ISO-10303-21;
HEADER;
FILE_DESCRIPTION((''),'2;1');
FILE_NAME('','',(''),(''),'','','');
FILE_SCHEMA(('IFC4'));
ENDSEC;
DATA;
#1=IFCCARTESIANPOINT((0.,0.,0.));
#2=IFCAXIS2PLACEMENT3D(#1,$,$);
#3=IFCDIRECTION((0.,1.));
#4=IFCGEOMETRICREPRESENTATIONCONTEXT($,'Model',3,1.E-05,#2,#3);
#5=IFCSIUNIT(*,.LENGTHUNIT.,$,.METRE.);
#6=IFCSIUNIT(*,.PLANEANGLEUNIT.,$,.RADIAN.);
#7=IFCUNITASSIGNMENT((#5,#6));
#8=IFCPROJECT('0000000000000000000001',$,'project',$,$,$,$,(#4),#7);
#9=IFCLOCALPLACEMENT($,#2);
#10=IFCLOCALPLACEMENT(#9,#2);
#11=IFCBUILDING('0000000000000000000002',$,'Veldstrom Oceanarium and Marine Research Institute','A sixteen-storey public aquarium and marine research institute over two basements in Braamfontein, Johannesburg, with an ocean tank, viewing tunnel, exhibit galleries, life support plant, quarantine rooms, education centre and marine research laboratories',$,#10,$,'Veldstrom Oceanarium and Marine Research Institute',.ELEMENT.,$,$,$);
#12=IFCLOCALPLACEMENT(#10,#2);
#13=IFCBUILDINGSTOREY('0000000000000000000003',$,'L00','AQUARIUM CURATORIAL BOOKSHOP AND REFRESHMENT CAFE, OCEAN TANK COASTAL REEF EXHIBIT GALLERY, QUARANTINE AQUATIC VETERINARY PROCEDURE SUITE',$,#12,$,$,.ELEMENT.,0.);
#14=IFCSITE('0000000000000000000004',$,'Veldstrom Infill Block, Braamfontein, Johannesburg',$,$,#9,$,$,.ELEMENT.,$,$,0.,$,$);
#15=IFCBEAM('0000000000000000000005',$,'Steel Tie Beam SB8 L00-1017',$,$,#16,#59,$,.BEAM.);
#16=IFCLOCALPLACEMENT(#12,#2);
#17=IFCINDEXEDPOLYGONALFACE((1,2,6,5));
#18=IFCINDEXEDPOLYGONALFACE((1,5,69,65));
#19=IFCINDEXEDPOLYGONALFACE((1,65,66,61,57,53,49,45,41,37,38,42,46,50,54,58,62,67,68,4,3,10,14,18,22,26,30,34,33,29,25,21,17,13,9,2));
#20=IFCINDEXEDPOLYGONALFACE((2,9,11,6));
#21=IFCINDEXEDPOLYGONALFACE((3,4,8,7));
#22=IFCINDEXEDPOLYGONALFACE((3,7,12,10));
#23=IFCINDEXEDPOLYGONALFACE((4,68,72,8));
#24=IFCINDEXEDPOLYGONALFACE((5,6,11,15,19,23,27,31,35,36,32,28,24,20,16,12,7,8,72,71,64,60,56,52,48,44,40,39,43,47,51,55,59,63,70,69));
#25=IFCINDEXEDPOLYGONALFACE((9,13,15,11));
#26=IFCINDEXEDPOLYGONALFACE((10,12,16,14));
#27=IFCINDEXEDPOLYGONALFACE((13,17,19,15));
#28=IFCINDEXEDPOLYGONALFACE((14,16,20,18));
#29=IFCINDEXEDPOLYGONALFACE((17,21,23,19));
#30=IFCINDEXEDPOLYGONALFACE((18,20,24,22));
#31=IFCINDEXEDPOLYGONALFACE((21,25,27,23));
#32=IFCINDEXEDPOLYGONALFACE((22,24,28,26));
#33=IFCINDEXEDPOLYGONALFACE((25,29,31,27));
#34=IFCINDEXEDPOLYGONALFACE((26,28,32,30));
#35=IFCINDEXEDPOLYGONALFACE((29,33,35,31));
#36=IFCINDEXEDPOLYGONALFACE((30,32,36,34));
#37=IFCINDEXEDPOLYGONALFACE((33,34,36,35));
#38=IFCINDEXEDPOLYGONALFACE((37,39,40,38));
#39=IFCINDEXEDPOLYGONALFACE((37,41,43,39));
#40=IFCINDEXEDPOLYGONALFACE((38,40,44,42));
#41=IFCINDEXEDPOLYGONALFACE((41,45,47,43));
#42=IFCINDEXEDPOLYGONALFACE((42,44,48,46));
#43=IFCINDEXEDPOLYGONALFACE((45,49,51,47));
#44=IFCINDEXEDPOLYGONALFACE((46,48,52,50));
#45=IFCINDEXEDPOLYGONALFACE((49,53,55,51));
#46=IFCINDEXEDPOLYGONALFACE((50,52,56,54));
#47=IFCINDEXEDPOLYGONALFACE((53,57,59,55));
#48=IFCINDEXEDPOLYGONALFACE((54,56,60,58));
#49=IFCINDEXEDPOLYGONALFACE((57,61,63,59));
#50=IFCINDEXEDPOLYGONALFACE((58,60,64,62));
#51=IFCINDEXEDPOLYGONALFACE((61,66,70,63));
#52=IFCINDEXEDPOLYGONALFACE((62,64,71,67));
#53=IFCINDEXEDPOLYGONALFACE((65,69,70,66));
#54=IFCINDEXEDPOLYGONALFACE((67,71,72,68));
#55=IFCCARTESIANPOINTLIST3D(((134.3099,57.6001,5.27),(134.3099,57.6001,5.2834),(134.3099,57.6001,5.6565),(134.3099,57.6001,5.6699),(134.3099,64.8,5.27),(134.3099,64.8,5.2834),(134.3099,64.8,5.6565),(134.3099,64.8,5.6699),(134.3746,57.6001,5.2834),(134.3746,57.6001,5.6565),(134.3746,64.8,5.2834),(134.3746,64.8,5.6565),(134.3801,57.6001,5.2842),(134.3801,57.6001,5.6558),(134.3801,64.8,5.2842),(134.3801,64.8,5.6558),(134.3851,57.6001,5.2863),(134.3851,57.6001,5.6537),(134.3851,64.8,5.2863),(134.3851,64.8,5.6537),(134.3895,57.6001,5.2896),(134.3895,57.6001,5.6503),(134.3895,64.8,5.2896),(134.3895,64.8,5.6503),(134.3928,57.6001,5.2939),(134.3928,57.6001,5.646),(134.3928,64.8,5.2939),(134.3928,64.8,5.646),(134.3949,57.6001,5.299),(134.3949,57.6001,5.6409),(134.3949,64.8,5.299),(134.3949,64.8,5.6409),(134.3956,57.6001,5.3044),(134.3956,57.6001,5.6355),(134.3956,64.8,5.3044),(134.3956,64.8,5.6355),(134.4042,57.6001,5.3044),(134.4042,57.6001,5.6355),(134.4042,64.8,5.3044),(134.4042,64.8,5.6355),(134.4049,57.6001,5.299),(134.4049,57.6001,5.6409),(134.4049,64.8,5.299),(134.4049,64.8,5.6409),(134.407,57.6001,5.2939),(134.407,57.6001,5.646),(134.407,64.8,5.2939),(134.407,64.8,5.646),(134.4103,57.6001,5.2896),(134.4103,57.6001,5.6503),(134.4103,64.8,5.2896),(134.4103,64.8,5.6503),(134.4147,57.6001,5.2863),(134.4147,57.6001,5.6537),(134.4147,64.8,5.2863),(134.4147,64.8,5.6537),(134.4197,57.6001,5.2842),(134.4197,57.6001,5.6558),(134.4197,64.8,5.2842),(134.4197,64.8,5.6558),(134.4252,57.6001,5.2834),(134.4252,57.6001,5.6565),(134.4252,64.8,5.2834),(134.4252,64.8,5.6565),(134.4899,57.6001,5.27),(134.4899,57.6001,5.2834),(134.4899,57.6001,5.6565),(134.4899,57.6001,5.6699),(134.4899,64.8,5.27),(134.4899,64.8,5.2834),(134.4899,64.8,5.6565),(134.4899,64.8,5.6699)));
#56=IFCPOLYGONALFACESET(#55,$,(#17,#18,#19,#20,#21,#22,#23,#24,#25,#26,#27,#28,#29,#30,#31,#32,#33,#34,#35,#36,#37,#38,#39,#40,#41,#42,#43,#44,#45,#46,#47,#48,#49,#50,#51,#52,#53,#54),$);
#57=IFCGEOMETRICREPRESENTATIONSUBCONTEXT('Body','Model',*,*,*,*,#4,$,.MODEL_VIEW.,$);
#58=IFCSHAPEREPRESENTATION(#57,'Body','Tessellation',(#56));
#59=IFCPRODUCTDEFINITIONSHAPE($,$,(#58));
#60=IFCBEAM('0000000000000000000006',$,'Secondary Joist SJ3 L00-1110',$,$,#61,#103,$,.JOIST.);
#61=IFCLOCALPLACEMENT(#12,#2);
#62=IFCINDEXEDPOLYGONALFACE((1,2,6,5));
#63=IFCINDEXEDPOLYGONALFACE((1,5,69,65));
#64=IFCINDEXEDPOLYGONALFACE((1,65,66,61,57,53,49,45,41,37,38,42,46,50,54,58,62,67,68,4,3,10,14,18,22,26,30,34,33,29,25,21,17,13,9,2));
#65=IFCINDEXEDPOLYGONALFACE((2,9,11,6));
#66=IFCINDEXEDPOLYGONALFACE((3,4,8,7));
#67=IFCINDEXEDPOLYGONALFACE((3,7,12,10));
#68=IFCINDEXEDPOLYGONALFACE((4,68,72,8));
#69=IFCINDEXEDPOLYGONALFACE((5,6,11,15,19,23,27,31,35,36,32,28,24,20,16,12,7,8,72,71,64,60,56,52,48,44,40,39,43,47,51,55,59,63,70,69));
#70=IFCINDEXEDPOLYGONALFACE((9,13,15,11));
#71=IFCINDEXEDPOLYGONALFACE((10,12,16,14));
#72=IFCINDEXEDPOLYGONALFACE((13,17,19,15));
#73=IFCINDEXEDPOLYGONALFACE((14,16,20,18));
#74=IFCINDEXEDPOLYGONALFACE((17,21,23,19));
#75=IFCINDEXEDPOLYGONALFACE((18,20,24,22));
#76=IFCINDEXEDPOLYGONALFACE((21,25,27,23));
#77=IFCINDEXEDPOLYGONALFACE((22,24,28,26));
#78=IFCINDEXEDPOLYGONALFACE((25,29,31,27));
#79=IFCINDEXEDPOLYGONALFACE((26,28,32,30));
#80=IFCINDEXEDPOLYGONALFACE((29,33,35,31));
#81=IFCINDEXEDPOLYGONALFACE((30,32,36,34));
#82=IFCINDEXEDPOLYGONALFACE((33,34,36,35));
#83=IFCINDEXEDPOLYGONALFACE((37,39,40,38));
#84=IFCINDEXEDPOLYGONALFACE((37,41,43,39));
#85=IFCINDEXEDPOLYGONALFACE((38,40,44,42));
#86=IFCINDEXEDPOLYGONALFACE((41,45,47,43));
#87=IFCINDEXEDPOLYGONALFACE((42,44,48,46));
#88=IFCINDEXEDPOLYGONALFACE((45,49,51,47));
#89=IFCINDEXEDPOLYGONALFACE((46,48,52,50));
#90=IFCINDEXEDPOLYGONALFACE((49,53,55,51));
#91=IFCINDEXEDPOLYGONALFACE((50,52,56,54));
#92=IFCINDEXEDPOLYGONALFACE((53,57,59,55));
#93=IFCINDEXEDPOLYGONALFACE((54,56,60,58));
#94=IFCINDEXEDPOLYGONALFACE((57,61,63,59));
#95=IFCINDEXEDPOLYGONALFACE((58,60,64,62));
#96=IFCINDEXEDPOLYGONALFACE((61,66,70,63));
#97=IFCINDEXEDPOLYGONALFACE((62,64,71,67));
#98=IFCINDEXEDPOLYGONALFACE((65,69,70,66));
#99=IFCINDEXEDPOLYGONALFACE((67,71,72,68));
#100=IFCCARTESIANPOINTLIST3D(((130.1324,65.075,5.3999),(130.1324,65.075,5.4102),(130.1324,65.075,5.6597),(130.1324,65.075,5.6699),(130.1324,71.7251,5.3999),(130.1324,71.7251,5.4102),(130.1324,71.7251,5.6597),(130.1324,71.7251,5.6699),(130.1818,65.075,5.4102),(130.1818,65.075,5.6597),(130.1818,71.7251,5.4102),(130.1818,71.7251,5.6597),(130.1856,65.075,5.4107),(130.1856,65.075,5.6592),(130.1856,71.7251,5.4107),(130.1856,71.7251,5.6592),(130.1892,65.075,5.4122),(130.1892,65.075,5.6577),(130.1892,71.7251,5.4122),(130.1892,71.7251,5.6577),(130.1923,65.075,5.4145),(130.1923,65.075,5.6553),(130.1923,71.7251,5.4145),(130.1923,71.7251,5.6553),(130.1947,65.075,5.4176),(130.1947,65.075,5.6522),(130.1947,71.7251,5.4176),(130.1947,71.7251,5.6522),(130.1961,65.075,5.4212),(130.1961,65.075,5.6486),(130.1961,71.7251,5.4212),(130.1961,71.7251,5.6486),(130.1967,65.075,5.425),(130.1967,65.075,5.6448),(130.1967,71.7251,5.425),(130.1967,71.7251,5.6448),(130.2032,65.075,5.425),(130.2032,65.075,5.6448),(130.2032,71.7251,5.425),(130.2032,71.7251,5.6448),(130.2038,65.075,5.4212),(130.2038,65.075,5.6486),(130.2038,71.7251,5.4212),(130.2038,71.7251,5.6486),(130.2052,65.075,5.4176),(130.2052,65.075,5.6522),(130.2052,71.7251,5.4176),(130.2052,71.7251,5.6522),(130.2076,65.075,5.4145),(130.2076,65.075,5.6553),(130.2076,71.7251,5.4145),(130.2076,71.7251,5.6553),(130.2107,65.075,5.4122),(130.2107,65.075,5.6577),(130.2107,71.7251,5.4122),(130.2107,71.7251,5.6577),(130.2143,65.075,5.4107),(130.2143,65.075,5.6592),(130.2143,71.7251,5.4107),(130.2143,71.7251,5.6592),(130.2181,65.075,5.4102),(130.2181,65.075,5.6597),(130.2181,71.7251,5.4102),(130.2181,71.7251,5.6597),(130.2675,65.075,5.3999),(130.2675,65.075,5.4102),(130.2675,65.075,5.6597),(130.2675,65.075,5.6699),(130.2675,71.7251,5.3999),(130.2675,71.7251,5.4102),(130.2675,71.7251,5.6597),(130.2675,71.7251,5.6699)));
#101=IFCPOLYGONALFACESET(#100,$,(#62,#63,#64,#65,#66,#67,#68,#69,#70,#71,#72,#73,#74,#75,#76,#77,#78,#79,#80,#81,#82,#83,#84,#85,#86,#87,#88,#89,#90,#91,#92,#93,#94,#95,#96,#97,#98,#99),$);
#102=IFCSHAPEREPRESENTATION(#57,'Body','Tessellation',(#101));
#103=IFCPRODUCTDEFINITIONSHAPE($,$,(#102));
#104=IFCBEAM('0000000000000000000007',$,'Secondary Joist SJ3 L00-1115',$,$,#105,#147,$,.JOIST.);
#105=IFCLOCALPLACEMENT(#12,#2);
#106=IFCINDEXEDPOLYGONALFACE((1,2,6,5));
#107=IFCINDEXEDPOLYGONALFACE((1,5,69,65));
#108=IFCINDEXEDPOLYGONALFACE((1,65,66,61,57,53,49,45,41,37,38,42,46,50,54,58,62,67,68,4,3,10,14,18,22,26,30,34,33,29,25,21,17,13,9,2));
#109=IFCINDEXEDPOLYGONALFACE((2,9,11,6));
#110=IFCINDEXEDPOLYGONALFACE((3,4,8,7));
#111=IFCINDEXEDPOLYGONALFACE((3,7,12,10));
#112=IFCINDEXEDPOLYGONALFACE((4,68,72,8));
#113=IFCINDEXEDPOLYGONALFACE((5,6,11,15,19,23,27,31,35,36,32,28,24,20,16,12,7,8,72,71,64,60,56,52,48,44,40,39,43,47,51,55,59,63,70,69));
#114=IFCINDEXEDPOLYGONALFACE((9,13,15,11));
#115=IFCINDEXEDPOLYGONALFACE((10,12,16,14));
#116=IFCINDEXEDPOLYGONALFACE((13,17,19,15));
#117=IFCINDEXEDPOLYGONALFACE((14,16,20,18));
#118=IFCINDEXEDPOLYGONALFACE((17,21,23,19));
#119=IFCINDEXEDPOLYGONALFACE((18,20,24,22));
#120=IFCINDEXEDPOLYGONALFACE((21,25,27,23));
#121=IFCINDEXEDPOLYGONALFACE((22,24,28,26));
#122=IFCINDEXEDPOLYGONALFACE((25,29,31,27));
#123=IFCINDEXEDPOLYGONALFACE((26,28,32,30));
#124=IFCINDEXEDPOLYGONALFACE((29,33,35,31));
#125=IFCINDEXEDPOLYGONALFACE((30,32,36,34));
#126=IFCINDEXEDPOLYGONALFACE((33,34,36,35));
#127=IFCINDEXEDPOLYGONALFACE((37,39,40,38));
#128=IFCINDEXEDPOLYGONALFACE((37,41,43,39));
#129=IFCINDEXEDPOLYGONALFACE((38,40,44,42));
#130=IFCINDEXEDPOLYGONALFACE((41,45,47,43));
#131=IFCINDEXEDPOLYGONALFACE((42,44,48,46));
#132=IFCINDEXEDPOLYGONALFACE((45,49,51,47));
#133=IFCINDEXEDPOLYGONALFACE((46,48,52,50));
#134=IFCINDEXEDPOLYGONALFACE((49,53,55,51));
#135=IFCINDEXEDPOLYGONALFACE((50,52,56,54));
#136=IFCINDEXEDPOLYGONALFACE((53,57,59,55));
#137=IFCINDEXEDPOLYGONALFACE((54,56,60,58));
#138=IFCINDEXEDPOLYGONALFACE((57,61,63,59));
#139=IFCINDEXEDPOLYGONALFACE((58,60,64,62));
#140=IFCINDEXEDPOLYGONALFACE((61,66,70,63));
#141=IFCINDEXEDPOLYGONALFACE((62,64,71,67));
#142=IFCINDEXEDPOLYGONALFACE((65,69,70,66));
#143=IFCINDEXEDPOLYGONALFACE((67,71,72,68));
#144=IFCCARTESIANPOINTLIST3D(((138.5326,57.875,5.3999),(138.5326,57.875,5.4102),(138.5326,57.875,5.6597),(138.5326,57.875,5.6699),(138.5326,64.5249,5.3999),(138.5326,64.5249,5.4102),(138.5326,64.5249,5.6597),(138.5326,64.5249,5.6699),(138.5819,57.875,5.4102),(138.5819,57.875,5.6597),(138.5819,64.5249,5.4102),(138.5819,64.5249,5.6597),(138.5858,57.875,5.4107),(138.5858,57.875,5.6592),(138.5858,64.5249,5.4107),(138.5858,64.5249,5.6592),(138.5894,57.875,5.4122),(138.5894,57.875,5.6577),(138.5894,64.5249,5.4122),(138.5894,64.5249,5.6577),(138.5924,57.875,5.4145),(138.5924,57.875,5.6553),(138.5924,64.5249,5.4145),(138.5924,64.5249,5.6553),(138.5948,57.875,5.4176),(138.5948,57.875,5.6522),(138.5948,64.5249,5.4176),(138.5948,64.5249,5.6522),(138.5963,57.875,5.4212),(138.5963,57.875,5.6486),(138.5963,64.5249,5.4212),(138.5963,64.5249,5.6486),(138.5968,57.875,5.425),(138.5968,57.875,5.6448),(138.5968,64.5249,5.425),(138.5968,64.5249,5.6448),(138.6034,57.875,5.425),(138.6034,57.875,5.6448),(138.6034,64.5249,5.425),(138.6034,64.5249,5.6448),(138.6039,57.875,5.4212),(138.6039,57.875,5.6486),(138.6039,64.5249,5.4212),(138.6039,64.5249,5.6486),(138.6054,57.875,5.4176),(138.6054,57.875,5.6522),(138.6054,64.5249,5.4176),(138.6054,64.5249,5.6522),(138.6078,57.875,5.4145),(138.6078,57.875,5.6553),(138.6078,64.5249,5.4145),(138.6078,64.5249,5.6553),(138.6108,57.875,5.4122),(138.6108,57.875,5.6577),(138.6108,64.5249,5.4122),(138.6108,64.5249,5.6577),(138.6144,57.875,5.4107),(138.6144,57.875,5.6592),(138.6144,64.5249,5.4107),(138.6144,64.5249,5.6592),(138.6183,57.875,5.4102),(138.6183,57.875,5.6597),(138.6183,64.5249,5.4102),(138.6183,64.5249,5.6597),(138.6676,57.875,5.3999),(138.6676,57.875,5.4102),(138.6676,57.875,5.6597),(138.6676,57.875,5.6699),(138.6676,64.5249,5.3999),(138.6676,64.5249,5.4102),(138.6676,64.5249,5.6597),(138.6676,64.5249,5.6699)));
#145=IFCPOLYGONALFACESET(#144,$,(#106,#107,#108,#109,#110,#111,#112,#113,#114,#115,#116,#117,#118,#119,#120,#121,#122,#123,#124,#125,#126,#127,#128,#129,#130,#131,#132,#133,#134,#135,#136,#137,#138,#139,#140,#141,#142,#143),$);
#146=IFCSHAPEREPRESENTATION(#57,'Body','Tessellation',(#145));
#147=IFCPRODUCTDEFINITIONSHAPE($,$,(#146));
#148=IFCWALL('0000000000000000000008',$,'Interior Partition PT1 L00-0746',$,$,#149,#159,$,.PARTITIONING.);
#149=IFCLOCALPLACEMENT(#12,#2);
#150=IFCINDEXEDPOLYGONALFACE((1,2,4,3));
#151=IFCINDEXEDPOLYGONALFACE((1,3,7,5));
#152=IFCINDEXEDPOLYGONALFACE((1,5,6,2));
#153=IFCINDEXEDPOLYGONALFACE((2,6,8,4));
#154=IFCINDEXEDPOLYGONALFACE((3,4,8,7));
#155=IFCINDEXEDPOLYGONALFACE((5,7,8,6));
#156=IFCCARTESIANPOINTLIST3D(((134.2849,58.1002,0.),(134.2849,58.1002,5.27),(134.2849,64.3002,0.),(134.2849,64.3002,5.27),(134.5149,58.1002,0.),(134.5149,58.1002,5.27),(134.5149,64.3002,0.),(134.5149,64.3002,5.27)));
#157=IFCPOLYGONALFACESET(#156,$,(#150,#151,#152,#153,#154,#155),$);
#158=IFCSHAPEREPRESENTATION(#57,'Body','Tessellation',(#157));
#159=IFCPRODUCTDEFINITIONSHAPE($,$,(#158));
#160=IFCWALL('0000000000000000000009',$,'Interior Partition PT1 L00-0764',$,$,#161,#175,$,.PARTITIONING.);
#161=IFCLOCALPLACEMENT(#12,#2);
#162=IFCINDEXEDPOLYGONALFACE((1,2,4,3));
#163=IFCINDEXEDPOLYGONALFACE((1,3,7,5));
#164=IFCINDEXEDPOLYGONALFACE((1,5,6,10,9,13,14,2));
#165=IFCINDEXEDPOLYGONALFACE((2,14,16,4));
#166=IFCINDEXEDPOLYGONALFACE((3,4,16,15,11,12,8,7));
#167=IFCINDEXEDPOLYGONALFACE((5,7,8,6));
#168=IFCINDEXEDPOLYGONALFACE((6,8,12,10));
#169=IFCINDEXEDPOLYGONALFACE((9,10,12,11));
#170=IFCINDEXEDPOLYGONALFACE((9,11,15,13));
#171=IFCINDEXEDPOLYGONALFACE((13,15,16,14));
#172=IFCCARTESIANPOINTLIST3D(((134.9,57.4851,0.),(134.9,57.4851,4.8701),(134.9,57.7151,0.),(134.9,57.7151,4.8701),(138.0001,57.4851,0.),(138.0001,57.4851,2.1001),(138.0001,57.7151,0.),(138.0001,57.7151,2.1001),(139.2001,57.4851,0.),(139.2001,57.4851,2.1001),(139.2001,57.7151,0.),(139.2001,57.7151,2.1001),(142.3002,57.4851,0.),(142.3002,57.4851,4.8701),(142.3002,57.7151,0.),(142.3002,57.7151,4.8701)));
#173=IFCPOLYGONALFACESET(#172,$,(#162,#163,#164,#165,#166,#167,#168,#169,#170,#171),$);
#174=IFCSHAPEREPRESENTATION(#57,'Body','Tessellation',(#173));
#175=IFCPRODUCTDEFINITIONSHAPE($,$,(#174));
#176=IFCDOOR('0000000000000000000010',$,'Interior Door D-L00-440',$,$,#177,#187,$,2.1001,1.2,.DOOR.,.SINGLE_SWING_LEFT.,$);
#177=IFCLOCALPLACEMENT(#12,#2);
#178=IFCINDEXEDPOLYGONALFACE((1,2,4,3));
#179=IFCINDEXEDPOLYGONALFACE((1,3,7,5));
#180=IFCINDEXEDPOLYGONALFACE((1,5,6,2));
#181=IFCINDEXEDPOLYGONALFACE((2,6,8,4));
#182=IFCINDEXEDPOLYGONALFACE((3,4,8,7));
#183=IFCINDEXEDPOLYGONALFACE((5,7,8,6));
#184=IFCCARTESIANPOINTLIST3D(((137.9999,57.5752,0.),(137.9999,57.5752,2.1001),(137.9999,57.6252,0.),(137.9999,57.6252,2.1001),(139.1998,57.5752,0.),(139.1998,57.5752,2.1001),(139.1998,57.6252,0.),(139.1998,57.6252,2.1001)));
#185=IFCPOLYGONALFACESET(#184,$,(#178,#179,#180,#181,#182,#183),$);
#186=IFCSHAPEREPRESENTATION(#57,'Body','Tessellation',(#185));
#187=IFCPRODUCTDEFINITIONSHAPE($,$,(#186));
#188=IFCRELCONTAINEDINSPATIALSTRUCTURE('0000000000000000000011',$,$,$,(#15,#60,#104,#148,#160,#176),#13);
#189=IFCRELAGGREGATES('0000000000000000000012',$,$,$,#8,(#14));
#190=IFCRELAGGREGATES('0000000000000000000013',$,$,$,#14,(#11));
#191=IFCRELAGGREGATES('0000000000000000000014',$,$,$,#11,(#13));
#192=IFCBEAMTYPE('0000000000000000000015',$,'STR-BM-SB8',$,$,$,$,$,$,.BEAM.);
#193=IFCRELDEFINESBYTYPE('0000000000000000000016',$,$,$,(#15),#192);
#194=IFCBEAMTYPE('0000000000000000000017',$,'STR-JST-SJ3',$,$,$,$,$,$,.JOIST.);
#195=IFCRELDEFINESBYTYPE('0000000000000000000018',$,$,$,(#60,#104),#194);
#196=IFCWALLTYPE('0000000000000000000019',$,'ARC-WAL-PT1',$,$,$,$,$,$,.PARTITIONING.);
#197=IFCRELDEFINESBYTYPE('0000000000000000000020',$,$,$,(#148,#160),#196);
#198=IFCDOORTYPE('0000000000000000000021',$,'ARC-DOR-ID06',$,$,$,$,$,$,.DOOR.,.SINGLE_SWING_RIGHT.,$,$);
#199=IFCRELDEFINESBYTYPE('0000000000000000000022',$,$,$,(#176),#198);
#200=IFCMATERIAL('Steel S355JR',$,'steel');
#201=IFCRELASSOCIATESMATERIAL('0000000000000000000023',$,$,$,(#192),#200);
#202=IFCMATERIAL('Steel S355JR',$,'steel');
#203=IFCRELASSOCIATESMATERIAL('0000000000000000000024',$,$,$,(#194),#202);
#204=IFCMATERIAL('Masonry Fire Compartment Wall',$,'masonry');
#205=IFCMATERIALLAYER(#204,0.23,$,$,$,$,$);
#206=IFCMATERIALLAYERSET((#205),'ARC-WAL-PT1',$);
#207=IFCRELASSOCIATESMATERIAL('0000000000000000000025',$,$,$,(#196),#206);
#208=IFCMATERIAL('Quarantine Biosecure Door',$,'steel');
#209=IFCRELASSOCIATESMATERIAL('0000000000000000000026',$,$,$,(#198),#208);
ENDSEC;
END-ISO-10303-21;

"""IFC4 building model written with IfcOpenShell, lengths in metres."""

from ifc_helpers import new_model, si_unit, direction, frame, frame_2d, origin, origin_2d, place, context, subcontext, project, spatial, rectangle, i_section, extrude, material, layer, layer_set, material_profile, profile_set, type_object, element, fill, save


model = new_model("IFC4")

# Units and contexts
model_context = context("Model", 3, precision=1e-05, world=origin(), true_north=direction((0.0, 1.0)))
body_context = subcontext(model_context, "Body", "Model", "MODEL_VIEW")
ifc_project = project(units=[si_unit("LENGTHUNIT", "METRE"), si_unit("PLANEANGLEUNIT", "RADIAN")], contexts=[model_context])

# Site, building, storey
site_placement = place(None, origin())
site = spatial("IfcSite", under=ifc_project, at=site_placement, Name="Veldstrom Infill Block, Braamfontein, Johannesburg", CompositionType="ELEMENT", RefElevation=0.0)
building_placement = place(site_placement, origin())
building = spatial("IfcBuilding", under=site, at=building_placement, Name="Veldstrom Oceanarium and Marine Research Institute", Description="A sixteen-storey public aquarium and marine research institute over two basements in Braamfontein, Johannesburg, with an ocean tank, viewing tunnel, exhibit galleries, life support plant, quarantine rooms, education centre and marine research laboratories", LongName="Veldstrom Oceanarium and Marine Research Institute", CompositionType="ELEMENT")
storey_placement = place(building_placement, origin())
storey = spatial("IfcBuildingStorey", under=building, at=storey_placement, Name="L00", Description="AQUARIUM CURATORIAL BOOKSHOP AND REFRESHMENT CAFE, OCEAN TANK COASTAL REEF EXHIBIT GALLERY, QUARANTINE AQUATIC VETERINARY PROCEDURE SUITE", CompositionType="ELEMENT", Elevation=0.0)

# Beams
ifc_material_1 = material(Name="Steel S355JR", Category="steel")
ifc_material_profile_1 = material_profile(ifc_material_1, i_section(OverallWidth=0.1799, OverallDepth=0.3999, WebThickness=0.0085, FlangeThickness=0.0134, FilletRadius=0.021, at=origin_2d()), Name="IPE 400")
ifc_profile_set_1 = profile_set([ifc_material_profile_1], Name="Steel S355JR")
beam_type_1 = type_object("IfcBeamType", Name="STR-BM-SB8", PredefinedType="BEAM", material=ifc_profile_set_1)
beam_1_placement = place(storey_placement, frame((134.3999, 57.6001, 5.47), z_axis=(0.0, 1.0, 0.0), x_axis=(-1.0, 0.0, 0.0)))
element("IfcBeam", 1, at=beam_1_placement, inside=storey, type_object=beam_type_1, Name="Steel Tie Beam SB8 L00-1017", PredefinedType="BEAM", context=body_context, shape_type="SweptSolid", body=[
    extrude(i_section(OverallWidth=0.1799, OverallDepth=0.3999, WebThickness=0.0085, FlangeThickness=0.0134, FilletRadius=0.021, at=origin_2d()), origin(), (0.0, 0.0, 1.0), 7.2),
])
ifc_material_2 = material(Name="Steel S355JR", Category="steel")
ifc_material_profile_2 = material_profile(ifc_material_2, i_section(OverallWidth=0.135, OverallDepth=0.27, WebThickness=0.0066, FlangeThickness=0.0103, FilletRadius=0.0149, at=origin_2d()), Name="IPE 270")
ifc_profile_set_2 = profile_set([ifc_material_profile_2], Name="Steel S355JR")
beam_type_2 = type_object("IfcBeamType", Name="STR-JST-SJ3", PredefinedType="JOIST", material=ifc_profile_set_2)
beam_2_placement = place(storey_placement, frame((130.2, 65.075, 5.5349), z_axis=(0.0, 1.0, 0.0), x_axis=(-1.0, 0.0, 0.0)))
element("IfcBeam", 2, at=beam_2_placement, inside=storey, type_object=beam_type_2, Name="Secondary Joist SJ3 L00-1110", PredefinedType="JOIST", context=body_context, shape_type="SweptSolid", body=[
    extrude(i_section(OverallWidth=0.135, OverallDepth=0.27, WebThickness=0.0066, FlangeThickness=0.0103, FilletRadius=0.0149, at=origin_2d()), origin(), (0.0, 0.0, 1.0), 6.6501),
])
beam_3_placement = place(storey_placement, frame((138.6001, 57.875, 5.5349), z_axis=(0.0, 1.0, 0.0), x_axis=(-1.0, 0.0, 0.0)))
element("IfcBeam", 3, at=beam_3_placement, inside=storey, type_object=beam_type_2, Name="Secondary Joist SJ3 L00-1115", PredefinedType="JOIST", context=body_context, shape_type="SweptSolid", body=[
    extrude(i_section(OverallWidth=0.135, OverallDepth=0.27, WebThickness=0.0066, FlangeThickness=0.0103, FilletRadius=0.0149, at=origin_2d()), origin(), (0.0, 0.0, 1.0), 6.6499),
])

# Wall
ifc_material_3 = material(Name="Masonry Fire Compartment Wall", Category="masonry")
ifc_layer_1 = layer(ifc_material_3, 0.23)
ifc_layer_set_1 = layer_set([ifc_layer_1], Name="ARC-WAL-PT1")
wall_type_1 = type_object("IfcWallType", Name="ARC-WAL-PT1", PredefinedType="PARTITIONING", material=ifc_layer_set_1)
wall_1_placement = place(storey_placement, frame((134.3999, 58.1001, 0.0), z_axis=(0.0, 0.0, 1.0), x_axis=(0.0, 1.0, 0.0)))
element("IfcWall", 4, at=wall_1_placement, inside=storey, type_object=wall_type_1, Name="Interior Partition PT1 L00-0746", PredefinedType="PARTITIONING", context=body_context, shape_type="SweptSolid", body=[
    extrude(rectangle(XDim=6.2, YDim=0.23, at=frame_2d((3.1001, 0.0))), origin(), (0.0, 0.0, 1.0), 5.27),
])

# Wall, opening, door
wall_2_placement = place(storey_placement, frame((134.8999, 57.6001, 0.0), z_axis=(0.0, 0.0, 1.0), x_axis=(1.0, 0.0, 0.0)))
wall_2 = element("IfcWall", 5, at=wall_2_placement, inside=storey, type_object=wall_type_1, Name="Interior Partition PT1 L00-0764", PredefinedType="PARTITIONING", context=body_context, shape_type="SweptSolid", body=[
    extrude(rectangle(XDim=7.4001, YDim=0.23, at=frame_2d((3.7002, 0.0))), origin(), (0.0, 0.0, 1.0), 4.8701),
])
opening_1_placement = place(wall_2_placement, frame((3.1001, 0.0, 0.0)))
opening_1 = element("IfcOpeningElement", 6, at=opening_1_placement, cuts=wall_2, PredefinedType="OPENING", context=body_context, shape_type="SweptSolid", body=[
    extrude(rectangle(XDim=1.2, YDim=2.1001, at=frame_2d((0.6001, 1.05))), frame((0.0, 0.125, 0.0), z_axis=(0.0, -1.0, 0.0), x_axis=(1.0, 0.0, 0.0)), (0.0, 0.0, 1.0), 0.25),
])
ifc_material_4 = material(Name="Quarantine Biosecure Door", Category="steel")
door_type = type_object("IfcDoorType", Name="ARC-DOR-ID06", OperationType="SINGLE_SWING_RIGHT", PredefinedType="DOOR", material=ifc_material_4)
door_1_placement = place(opening_1_placement, frame((1.2, 0.0, 0.0), z_axis=(0.0, 0.0, 1.0), x_axis=(-1.0, 0.0, 0.0)))
door_1 = element("IfcDoor", 7, at=door_1_placement, inside=storey, type_object=door_type, Name="Interior Door D-L00-440", OperationType="SINGLE_SWING_LEFT", OverallHeight=2.1001, OverallWidth=1.2, PredefinedType="DOOR", context=body_context, shape_type="SweptSolid", body=[
    extrude(rectangle(XDim=1.2, YDim=2.1001, at=frame_2d((0.6001, 1.05))), frame((0.0, 0.0249, 0.0), z_axis=(0.0, -1.0, 0.0), x_axis=(1.0, 0.0, 0.0)), (0.0, 0.0, 1.0), 0.05),
])
fill(opening_1, door_1)

save(model, "model.ifc")
